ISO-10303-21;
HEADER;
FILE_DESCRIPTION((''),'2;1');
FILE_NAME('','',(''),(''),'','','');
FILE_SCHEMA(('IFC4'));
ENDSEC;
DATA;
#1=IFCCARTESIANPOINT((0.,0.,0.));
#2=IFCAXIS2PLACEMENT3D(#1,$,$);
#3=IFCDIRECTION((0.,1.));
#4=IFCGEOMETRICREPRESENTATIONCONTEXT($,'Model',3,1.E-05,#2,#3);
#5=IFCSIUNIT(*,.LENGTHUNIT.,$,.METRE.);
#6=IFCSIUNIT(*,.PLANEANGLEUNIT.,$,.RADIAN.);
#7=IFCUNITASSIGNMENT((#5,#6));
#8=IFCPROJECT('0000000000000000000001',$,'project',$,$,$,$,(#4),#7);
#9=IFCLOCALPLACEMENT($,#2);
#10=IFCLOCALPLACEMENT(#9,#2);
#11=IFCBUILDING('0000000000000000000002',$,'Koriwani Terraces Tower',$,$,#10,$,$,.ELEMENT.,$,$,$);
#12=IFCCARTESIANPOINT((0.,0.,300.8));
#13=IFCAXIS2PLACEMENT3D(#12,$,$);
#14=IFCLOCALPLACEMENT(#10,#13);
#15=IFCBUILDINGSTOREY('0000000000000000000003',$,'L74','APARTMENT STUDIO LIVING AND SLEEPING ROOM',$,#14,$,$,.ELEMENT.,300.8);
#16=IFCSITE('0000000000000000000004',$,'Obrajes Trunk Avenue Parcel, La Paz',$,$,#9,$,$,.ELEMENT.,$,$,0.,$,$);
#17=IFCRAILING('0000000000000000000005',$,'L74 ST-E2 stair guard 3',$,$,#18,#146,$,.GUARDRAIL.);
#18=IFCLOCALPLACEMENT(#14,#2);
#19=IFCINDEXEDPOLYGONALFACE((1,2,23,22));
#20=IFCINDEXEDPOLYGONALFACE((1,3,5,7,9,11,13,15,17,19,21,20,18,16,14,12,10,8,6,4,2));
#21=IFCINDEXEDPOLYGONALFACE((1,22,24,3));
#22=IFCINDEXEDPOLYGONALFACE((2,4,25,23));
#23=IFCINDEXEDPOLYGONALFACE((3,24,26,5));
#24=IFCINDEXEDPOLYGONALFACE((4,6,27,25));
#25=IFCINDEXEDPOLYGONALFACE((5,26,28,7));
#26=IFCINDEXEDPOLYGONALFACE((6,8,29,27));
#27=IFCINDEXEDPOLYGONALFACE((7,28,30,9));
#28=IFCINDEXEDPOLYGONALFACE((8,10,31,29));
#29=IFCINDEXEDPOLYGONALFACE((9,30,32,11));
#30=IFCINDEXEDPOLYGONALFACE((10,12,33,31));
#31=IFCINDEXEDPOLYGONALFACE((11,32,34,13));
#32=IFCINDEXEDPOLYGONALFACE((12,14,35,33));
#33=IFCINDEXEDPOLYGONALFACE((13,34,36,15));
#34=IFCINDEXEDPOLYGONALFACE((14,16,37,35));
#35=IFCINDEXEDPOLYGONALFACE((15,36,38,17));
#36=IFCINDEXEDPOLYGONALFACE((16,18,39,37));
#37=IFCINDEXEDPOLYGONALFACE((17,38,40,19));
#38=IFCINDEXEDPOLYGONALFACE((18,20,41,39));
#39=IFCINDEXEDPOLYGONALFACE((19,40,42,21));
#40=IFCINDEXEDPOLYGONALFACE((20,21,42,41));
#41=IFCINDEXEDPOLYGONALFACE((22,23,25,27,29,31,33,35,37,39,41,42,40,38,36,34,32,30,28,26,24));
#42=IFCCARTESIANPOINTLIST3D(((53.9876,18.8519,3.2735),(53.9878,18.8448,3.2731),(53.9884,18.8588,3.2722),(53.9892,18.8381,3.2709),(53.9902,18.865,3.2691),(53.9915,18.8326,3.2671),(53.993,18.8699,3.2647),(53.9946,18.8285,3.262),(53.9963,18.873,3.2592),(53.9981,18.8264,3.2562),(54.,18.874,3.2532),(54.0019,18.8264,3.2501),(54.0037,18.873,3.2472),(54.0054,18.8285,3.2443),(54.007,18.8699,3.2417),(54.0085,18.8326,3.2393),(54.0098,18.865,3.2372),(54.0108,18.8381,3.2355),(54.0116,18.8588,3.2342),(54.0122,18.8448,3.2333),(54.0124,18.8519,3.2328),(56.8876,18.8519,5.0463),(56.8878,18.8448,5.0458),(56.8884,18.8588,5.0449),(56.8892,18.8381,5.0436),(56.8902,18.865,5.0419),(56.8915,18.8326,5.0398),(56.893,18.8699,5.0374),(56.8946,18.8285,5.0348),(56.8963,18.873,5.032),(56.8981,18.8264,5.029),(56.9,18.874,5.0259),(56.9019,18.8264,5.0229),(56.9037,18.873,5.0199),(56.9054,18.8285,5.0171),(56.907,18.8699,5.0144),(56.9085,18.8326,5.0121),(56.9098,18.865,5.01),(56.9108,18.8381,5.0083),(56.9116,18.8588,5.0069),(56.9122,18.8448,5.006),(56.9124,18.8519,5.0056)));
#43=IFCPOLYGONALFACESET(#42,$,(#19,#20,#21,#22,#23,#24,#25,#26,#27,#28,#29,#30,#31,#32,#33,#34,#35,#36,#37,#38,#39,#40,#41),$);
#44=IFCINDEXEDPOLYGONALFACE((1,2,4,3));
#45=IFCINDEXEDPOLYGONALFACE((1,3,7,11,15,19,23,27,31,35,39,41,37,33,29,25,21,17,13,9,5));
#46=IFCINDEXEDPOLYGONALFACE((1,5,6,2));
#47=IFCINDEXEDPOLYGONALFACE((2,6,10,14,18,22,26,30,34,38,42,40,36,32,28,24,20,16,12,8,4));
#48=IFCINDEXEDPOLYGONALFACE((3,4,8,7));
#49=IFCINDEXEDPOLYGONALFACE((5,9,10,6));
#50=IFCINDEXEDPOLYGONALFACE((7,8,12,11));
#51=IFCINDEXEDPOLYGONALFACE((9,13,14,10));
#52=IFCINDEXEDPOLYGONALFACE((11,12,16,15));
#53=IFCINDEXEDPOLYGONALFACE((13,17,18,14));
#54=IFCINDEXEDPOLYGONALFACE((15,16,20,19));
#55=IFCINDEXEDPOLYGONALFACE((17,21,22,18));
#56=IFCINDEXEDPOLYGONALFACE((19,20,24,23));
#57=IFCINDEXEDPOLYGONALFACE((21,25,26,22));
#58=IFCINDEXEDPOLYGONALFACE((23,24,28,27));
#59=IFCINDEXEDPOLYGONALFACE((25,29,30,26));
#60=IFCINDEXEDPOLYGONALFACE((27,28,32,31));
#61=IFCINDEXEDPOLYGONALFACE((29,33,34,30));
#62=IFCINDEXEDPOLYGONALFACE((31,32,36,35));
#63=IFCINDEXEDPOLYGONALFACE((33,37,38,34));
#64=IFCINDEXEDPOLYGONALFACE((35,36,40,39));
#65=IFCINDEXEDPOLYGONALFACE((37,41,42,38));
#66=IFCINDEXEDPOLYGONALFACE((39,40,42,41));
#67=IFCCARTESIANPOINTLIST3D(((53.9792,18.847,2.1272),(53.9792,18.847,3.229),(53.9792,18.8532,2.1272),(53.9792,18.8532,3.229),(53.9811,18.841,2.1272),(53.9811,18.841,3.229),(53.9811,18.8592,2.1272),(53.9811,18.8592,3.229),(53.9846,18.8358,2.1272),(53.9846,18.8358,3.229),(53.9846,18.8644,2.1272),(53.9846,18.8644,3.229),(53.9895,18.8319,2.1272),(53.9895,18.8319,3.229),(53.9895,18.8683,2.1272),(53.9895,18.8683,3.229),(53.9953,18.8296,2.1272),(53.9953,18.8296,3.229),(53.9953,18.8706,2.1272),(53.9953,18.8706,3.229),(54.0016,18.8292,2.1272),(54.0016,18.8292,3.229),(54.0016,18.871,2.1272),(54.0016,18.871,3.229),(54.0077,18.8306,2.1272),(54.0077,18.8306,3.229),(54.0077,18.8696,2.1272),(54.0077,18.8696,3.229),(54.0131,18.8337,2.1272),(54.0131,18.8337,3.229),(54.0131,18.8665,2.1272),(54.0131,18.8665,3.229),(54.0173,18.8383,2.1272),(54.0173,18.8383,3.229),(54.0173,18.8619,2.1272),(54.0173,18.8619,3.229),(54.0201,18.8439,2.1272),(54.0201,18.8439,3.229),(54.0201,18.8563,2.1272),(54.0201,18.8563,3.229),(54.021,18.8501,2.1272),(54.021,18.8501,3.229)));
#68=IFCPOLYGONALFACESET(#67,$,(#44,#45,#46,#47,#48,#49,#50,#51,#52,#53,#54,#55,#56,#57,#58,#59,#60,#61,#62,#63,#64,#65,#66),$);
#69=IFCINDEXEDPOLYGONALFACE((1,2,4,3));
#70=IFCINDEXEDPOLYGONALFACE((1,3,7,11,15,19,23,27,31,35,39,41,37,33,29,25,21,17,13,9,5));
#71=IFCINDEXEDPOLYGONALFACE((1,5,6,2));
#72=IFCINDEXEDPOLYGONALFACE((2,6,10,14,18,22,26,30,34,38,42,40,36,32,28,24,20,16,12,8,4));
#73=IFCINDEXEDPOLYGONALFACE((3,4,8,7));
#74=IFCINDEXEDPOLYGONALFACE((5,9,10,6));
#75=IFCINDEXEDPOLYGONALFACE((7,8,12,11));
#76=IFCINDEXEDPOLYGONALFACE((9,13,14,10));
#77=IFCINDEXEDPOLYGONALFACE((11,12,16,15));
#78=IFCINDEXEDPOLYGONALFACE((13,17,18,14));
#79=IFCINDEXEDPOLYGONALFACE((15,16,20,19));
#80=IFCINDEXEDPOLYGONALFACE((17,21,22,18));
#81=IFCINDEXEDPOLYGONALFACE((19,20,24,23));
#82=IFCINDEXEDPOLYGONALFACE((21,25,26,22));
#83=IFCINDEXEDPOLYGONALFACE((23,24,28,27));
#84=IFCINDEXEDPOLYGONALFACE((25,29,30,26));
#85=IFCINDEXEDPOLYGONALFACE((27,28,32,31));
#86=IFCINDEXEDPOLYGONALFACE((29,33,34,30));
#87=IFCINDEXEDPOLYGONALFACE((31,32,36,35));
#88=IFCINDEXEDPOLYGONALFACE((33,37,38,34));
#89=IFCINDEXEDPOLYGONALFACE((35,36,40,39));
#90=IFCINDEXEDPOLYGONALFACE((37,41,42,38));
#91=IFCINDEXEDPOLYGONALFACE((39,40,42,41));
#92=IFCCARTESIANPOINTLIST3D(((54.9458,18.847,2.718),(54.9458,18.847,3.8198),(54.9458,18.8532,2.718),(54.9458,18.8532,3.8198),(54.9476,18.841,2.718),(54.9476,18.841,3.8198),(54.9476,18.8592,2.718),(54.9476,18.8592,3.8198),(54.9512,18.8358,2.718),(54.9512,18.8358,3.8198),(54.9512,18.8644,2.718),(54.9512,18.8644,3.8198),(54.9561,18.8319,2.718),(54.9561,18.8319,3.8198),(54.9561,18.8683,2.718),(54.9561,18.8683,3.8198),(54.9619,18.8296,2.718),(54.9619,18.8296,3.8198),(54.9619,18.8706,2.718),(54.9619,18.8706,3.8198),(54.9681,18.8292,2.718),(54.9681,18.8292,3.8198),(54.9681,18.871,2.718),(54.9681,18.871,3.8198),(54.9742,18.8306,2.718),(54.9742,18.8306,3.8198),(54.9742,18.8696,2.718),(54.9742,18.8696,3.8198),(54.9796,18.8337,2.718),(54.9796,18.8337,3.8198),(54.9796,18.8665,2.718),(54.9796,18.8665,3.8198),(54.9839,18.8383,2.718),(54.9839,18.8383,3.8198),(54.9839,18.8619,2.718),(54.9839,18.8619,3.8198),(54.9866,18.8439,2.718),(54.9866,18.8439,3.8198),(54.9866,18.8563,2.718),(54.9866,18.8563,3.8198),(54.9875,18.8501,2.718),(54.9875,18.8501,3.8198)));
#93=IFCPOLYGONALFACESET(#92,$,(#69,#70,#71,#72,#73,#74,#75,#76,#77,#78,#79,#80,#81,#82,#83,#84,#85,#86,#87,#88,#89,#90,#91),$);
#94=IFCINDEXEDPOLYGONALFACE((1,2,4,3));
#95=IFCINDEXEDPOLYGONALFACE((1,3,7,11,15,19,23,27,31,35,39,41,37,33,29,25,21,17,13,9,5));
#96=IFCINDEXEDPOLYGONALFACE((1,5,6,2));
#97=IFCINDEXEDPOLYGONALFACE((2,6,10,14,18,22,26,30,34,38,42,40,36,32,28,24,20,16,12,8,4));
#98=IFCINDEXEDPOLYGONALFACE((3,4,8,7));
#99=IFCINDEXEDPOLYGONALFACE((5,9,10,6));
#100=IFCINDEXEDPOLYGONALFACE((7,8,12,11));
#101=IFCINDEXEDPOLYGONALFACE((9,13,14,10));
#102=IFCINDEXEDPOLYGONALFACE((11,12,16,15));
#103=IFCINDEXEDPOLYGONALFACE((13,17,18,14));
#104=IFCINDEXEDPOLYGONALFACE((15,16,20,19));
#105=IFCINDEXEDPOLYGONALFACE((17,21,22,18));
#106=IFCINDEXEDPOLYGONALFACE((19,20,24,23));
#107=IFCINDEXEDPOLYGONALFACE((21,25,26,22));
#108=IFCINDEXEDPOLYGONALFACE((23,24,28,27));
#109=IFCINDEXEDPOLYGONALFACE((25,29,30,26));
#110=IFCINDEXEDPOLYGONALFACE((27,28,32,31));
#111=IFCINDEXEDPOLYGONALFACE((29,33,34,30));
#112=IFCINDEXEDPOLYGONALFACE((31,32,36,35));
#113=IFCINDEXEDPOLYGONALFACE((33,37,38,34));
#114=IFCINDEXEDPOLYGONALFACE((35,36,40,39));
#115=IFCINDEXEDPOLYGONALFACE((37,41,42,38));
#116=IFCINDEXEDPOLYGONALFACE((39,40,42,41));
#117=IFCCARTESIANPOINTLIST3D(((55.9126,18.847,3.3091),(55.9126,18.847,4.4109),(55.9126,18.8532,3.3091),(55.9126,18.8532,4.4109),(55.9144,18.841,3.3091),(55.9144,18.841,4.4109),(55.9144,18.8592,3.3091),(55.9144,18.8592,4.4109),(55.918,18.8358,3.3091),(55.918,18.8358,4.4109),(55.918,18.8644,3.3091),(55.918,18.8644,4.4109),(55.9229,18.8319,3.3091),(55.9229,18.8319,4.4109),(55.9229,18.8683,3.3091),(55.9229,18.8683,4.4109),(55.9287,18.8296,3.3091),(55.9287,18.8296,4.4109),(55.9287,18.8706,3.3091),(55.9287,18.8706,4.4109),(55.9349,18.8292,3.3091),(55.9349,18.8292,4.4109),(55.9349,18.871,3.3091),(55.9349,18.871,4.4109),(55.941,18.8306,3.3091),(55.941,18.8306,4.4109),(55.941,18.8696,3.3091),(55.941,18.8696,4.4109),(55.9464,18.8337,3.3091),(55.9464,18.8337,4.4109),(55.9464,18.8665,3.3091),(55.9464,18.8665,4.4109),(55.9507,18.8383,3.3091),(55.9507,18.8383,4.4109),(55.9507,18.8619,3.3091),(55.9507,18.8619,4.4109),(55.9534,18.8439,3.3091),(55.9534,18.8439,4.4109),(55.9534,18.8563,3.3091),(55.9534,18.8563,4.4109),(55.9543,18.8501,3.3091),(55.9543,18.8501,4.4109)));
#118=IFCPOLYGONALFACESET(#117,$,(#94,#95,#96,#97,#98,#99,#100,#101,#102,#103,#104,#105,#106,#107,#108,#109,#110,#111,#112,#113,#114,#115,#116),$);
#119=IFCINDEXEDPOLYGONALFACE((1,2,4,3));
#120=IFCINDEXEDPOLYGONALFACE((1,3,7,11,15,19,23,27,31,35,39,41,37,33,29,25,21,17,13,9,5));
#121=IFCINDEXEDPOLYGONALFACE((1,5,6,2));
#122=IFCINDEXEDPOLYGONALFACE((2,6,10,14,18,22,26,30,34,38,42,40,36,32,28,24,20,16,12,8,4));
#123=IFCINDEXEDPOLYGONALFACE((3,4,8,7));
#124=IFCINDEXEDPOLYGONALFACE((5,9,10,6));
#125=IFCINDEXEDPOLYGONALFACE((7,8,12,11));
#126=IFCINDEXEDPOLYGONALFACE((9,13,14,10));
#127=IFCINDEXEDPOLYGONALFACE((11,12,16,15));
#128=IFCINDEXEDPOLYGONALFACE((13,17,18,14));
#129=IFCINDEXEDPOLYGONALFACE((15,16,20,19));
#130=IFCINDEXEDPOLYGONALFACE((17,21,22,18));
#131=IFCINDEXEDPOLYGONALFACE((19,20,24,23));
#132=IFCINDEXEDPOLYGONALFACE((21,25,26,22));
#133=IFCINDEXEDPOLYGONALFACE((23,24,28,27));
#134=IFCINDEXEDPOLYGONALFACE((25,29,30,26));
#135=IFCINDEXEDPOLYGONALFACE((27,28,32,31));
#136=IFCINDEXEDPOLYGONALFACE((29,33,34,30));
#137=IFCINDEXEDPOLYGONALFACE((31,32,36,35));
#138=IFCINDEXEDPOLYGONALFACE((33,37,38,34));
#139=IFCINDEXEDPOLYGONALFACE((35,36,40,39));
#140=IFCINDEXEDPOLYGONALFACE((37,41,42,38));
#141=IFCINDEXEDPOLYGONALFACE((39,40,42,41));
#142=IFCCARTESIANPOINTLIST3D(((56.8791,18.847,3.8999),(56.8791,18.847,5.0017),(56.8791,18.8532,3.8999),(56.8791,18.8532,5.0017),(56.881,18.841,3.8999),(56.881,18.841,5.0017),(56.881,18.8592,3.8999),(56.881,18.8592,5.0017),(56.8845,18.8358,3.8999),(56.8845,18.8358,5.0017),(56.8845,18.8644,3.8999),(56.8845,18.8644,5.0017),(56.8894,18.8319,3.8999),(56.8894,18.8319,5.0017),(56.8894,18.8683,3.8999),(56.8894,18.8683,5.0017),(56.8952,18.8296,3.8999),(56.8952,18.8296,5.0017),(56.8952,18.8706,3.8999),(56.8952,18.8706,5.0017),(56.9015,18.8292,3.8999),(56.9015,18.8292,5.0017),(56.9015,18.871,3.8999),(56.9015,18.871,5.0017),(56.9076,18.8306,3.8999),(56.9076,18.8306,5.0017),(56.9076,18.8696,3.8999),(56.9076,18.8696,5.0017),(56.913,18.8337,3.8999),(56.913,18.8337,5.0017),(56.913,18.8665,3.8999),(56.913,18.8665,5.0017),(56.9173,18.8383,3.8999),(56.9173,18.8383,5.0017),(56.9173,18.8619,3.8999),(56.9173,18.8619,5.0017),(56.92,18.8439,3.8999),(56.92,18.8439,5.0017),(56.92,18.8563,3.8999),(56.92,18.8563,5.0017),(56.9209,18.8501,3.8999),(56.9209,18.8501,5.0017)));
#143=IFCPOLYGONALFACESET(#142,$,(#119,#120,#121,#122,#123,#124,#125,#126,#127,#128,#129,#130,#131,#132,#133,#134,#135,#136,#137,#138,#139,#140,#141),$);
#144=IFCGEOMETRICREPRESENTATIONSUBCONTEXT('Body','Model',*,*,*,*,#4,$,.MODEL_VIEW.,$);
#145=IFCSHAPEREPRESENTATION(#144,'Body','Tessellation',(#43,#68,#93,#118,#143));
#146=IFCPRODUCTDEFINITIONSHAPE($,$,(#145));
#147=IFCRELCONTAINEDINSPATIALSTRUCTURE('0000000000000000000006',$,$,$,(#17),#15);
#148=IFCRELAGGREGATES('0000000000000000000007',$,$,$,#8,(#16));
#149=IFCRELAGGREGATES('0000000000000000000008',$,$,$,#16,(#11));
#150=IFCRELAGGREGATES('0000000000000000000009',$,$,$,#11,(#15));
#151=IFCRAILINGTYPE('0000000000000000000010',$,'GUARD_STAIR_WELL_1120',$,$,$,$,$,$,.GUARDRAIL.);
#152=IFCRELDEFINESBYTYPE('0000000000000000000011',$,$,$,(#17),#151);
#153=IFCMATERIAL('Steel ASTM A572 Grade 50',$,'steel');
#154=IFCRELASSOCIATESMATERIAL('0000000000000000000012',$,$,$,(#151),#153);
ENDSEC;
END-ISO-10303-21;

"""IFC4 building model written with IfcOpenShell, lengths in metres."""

from ifc_helpers import new_model, si_unit, direction, frame, origin, origin_2d, place, context, subcontext, project, spatial, circle, extrude, material, type_object, element, save


model = new_model("IFC4")

# Units and contexts
model_context = context("Model", 3, precision=1e-05, world=origin(), true_north=direction((0.0, 1.0)))
body_context = subcontext(model_context, "Body", "Model", "MODEL_VIEW")
ifc_project = project(units=[si_unit("LENGTHUNIT", "METRE"), si_unit("PLANEANGLEUNIT", "RADIAN")], contexts=[model_context])

# Site, building, storey
site_placement = place(None, origin())
site = spatial("IfcSite", under=ifc_project, at=site_placement, Name="Obrajes Trunk Avenue Parcel, La Paz", CompositionType="ELEMENT", RefElevation=0.0)
building_placement = place(site_placement, origin())
building = spatial("IfcBuilding", under=site, at=building_placement, Name="Koriwani Terraces Tower", CompositionType="ELEMENT")
storey_placement = place(building_placement, frame((0.0, 0.0, 300.8)))
storey = spatial("IfcBuildingStorey", under=building, at=storey_placement, Name="L74", Description="APARTMENT STUDIO LIVING AND SLEEPING ROOM", CompositionType="ELEMENT", Elevation=300.8)

# Shared definitions
ifc_material_1 = material(Name="Steel ASTM A572 Grade 50", Category="steel")

# Railing
railing_type_1 = type_object("IfcRailingType", Name="GUARD_STAIR_WELL_1120", PredefinedType="GUARDRAIL", material=ifc_material_1)
railing_1_placement = place(storey_placement, frame((54.0, 18.8501, 2.1272)))
element("IfcRailing", 1, at=railing_1_placement, inside=storey, type_object=railing_type_1, Name="L74 ST-E2 stair guard 3", PredefinedType="GUARDRAIL", context=body_context, shape_type="SweptSolid", body=[
    extrude(circle(Radius=0.0239, at=origin_2d()), frame((0.0, 0.0, 1.126), z_axis=(0.853211, 0.0, 0.521566), x_axis=(0.0, 1.0, 0.0)), (0.0, 0.0, 1.0), 3.3989),
    extrude(circle(Radius=0.021, at=origin_2d()), origin(), (0.0, 0.0, 1.0), 1.1018),
    extrude(circle(Radius=0.021, at=origin_2d()), frame((0.9666, 0.0, 0.5908)), (0.0, 0.0, 1.0), 1.1018),
    extrude(circle(Radius=0.021, at=origin_2d()), frame((1.9333, 0.0, 1.1819)), (0.0, 0.0, 1.0), 1.1018),
    extrude(circle(Radius=0.021, at=origin_2d()), frame((2.8999, 0.0, 1.7727)), (0.0, 0.0, 1.0), 1.1018),
])

save(model, "model.ifc")
